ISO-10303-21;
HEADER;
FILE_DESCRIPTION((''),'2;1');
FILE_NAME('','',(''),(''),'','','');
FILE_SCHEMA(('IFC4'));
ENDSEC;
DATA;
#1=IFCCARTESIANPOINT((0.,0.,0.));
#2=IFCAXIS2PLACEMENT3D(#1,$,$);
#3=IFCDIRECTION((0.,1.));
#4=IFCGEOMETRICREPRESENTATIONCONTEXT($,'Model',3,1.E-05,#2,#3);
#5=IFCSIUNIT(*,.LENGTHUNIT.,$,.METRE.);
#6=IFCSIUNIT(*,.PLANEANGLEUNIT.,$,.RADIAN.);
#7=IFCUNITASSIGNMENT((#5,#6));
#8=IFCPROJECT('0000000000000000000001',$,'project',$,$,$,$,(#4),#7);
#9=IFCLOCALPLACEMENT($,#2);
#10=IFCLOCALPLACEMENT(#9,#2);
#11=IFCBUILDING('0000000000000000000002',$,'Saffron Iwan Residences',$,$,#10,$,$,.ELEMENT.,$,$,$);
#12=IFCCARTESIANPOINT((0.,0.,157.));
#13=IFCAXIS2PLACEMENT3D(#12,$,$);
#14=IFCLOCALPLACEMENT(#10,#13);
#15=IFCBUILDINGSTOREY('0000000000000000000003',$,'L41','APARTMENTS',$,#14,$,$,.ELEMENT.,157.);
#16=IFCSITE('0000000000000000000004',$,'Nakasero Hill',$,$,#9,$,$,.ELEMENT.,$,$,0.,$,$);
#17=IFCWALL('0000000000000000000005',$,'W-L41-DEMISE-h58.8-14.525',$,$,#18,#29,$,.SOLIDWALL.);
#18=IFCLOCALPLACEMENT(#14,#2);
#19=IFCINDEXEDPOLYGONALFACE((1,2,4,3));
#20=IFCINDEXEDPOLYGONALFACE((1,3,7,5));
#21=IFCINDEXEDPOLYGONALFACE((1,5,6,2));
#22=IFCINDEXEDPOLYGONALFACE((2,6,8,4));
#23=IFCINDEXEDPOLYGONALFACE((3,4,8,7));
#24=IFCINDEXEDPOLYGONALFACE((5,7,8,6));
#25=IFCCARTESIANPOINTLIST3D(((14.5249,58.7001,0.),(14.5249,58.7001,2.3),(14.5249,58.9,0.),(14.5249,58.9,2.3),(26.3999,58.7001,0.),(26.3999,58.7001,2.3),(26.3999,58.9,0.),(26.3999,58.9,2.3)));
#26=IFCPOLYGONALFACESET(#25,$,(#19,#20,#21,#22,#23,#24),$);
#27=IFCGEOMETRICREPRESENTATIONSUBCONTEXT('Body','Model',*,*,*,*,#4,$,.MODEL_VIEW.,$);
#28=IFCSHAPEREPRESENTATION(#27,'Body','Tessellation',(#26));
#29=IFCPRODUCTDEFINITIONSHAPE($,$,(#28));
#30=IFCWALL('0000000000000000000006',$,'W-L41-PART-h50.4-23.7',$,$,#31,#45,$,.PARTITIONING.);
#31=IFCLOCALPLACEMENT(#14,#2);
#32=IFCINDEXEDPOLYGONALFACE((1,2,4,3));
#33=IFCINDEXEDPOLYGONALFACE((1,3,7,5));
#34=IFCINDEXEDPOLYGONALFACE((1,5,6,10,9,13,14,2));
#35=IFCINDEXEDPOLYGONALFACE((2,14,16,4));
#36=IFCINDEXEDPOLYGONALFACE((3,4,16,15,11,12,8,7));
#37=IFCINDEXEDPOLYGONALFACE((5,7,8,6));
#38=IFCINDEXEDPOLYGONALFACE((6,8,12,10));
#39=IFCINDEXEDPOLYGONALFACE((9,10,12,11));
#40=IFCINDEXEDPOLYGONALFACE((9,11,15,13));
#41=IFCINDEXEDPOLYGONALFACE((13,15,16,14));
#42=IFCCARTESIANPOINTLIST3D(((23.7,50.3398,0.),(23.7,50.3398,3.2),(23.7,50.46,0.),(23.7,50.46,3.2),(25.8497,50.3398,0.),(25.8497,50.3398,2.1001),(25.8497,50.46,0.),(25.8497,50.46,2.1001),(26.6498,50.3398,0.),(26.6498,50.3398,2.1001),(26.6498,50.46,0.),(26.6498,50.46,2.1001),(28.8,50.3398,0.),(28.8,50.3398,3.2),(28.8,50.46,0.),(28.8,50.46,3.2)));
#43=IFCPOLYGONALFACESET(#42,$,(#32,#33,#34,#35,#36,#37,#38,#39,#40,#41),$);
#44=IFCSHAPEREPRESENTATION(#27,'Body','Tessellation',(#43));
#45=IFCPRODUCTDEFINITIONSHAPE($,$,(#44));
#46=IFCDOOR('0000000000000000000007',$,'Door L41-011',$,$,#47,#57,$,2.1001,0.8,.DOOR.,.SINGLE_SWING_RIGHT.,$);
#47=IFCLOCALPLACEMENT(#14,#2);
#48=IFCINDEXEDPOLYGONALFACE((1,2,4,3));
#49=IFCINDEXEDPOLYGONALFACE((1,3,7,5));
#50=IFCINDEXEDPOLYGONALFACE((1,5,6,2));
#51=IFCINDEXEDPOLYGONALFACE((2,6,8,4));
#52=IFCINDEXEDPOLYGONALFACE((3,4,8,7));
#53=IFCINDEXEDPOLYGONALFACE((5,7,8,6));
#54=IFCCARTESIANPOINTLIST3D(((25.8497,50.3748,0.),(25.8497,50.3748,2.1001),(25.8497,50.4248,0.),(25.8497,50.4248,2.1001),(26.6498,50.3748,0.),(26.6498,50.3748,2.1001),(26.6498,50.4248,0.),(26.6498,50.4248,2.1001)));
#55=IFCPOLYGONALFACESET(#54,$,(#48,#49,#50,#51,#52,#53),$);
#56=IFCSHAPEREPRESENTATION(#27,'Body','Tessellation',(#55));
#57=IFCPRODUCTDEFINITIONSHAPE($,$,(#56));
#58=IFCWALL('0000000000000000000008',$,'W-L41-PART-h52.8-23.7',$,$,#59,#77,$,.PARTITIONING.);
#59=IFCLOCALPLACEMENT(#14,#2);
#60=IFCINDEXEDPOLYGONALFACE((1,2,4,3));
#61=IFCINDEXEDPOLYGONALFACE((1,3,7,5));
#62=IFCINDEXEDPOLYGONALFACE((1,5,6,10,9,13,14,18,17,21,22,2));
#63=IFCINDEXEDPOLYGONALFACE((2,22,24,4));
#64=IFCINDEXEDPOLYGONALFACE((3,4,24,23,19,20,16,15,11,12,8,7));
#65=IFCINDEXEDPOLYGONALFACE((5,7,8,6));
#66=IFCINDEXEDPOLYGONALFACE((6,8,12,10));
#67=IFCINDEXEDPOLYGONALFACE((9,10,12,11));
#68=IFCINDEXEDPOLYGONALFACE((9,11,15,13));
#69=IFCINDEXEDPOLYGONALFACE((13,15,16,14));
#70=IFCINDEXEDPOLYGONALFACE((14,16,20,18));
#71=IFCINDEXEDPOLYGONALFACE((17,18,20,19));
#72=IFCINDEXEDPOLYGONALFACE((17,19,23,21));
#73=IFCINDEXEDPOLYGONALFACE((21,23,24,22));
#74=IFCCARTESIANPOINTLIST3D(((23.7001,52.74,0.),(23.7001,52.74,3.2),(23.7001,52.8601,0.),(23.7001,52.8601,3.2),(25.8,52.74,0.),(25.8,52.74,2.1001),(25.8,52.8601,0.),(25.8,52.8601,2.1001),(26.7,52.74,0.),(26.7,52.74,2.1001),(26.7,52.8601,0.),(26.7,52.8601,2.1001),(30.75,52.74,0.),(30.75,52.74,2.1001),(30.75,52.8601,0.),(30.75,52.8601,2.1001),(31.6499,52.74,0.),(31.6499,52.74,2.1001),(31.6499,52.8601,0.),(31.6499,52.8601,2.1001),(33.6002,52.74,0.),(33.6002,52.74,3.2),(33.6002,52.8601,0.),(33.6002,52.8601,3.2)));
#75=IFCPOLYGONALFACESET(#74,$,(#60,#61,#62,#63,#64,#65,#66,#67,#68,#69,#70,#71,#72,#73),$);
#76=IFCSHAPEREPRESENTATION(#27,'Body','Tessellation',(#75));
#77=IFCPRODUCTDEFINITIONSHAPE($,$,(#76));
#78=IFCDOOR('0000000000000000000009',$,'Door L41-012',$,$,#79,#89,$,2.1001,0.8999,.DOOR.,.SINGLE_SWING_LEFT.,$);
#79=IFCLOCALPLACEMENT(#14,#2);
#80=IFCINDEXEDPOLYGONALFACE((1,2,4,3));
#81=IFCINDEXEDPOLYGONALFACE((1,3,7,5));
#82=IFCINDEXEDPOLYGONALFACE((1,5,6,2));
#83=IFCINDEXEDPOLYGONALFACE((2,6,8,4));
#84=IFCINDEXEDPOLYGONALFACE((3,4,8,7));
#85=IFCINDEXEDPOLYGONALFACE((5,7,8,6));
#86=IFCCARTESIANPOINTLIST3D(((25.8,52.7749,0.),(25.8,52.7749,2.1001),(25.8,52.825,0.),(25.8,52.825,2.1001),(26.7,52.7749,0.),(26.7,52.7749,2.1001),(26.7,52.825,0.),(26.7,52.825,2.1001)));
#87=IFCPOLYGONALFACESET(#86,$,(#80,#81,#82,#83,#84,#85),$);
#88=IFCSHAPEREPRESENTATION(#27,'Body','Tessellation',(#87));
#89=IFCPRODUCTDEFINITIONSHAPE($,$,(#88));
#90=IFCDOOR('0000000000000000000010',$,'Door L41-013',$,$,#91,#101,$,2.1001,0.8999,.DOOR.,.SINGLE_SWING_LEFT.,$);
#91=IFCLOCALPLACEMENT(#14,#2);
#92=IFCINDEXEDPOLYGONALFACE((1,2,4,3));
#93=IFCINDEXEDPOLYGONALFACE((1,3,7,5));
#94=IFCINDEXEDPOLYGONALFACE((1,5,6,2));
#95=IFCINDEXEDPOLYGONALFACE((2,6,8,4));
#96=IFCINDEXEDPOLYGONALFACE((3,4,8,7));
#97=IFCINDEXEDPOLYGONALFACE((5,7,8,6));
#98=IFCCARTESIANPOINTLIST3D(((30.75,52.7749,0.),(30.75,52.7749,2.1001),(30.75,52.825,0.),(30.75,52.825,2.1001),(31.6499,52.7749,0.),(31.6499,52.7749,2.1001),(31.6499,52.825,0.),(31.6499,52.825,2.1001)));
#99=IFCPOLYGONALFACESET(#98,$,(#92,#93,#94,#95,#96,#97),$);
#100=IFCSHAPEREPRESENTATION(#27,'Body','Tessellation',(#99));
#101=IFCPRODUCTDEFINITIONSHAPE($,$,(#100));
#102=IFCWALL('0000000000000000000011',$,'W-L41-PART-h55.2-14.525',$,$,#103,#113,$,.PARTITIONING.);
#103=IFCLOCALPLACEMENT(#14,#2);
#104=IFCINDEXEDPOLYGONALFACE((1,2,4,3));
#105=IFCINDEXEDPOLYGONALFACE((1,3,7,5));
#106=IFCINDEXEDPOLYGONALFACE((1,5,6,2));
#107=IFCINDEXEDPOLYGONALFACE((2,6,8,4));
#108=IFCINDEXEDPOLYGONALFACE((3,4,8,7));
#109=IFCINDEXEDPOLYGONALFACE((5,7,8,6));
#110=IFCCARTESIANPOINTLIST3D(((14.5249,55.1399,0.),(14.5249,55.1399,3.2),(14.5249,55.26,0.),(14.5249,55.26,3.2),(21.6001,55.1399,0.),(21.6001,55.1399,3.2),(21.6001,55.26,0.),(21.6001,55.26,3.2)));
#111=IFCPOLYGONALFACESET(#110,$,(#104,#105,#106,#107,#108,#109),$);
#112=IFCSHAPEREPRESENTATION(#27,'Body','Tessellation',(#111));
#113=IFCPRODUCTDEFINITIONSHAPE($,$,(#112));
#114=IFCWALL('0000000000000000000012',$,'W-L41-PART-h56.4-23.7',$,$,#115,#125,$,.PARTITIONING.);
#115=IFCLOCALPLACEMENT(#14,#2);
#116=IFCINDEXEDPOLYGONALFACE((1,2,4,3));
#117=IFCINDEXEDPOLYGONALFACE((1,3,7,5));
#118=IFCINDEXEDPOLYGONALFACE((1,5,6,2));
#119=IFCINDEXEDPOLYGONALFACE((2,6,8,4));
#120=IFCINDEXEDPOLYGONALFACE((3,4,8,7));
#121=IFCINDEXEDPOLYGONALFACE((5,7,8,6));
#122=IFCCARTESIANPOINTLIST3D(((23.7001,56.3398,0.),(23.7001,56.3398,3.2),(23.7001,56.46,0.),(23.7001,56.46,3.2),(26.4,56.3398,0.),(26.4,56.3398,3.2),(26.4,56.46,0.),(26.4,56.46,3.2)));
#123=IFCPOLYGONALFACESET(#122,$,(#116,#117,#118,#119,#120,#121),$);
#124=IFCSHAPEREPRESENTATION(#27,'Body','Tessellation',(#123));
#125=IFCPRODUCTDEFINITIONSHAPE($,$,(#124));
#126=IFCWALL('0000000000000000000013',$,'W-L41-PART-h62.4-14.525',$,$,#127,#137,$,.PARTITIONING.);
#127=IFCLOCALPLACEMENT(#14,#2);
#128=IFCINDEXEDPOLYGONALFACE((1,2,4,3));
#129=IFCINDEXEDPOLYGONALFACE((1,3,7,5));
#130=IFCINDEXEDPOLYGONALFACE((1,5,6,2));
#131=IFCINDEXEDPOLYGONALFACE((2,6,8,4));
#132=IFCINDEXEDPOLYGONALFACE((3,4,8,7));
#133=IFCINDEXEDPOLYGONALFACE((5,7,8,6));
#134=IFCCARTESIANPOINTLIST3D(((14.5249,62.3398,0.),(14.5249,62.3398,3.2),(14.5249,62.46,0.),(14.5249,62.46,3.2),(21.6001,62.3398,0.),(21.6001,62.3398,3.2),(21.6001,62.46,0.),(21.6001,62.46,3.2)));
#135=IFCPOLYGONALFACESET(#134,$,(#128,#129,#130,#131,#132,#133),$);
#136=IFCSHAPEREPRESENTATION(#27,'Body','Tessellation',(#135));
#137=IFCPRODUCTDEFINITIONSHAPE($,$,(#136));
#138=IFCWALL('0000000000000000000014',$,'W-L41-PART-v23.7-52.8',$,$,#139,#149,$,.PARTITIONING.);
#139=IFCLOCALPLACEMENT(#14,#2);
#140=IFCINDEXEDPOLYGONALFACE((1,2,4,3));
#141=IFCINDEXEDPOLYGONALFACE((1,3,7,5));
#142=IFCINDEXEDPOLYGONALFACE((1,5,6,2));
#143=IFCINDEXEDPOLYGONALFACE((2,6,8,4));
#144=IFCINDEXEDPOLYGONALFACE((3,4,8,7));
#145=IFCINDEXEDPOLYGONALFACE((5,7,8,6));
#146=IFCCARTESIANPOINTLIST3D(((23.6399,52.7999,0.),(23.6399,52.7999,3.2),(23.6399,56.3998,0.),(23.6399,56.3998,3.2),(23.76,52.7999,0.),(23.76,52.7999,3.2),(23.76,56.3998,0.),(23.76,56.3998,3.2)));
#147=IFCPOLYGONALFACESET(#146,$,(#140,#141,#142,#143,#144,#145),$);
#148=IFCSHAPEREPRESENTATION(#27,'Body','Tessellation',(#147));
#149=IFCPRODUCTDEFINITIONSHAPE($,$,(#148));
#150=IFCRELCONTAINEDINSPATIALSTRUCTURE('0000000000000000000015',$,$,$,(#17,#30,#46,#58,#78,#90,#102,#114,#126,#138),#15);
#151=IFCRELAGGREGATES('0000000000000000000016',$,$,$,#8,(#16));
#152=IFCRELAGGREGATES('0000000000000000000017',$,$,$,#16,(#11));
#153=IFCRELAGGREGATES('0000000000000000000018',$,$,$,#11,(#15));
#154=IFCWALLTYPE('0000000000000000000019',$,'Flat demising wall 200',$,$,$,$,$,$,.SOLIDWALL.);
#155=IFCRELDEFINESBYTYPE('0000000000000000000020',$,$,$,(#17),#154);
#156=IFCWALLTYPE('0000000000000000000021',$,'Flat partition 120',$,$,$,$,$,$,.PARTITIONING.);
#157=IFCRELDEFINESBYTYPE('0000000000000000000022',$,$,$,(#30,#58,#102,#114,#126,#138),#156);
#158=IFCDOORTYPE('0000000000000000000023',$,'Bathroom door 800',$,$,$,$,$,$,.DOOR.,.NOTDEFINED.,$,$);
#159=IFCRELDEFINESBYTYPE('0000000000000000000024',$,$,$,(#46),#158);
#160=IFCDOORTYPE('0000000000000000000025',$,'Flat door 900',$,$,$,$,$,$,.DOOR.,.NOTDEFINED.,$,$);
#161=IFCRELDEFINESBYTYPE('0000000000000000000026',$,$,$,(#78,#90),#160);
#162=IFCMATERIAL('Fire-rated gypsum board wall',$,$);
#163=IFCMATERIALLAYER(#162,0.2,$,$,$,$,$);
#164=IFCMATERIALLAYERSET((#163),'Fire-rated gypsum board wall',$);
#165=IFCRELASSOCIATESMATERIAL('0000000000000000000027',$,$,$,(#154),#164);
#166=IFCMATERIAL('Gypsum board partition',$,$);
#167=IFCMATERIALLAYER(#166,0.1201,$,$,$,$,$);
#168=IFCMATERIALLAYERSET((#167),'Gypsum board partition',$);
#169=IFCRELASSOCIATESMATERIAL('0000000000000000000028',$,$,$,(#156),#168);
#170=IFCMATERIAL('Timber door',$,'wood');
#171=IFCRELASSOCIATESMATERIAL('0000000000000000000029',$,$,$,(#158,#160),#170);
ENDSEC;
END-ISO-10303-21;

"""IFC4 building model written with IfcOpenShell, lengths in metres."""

from ifc_helpers import new_model, si_unit, direction, frame, frame_2d, origin, place, context, subcontext, project, spatial, rectangle, extrude, material, layer, layer_set, type_object, element, fill, save


model = new_model("IFC4")

# Units and contexts
model_context = context("Model", 3, precision=1e-05, world=origin(), true_north=direction((0.0, 1.0)))
body_context = subcontext(model_context, "Body", "Model", "MODEL_VIEW")
ifc_project = project(units=[si_unit("LENGTHUNIT", "METRE"), si_unit("PLANEANGLEUNIT", "RADIAN")], contexts=[model_context])

# Site, building, storey
site_placement = place(None, origin())
site = spatial("IfcSite", under=ifc_project, at=site_placement, Name="Nakasero Hill", CompositionType="ELEMENT", RefElevation=0.0)
building_placement = place(site_placement, origin())
building = spatial("IfcBuilding", under=site, at=building_placement, Name="Saffron Iwan Residences", CompositionType="ELEMENT")
storey_placement = place(building_placement, frame((0.0, 0.0, 157.0)))
storey = spatial("IfcBuildingStorey", under=building, at=storey_placement, Name="L41", Description="APARTMENTS", CompositionType="ELEMENT", Elevation=157.0)

# Wall
ifc_material_1 = material(Name="Fire-rated gypsum board wall")
ifc_layer_1 = layer(ifc_material_1, 0.2)
ifc_layer_set_1 = layer_set([ifc_layer_1], Name="Fire-rated gypsum board wall")
wall_type_1 = type_object("IfcWallType", Name="Flat demising wall 200", PredefinedType="SOLIDWALL", material=ifc_layer_set_1)
wall_1_placement = place(storey_placement, frame((14.5249, 58.8, 0.0), z_axis=(0.0, 0.0, 1.0), x_axis=(1.0, 0.0, 0.0)))
element("IfcWall", 1, at=wall_1_placement, inside=storey, type_object=wall_type_1, Name="W-L41-DEMISE-h58.8-14.525", PredefinedType="SOLIDWALL", context=body_context, shape_type="SweptSolid", body=[
    extrude(rectangle(XDim=11.875, YDim=0.2, at=frame_2d((5.9375, 0.0))), origin(), (0.0, 0.0, 1.0), 2.3),
])

# Wall, opening, door
ifc_material_2 = material(Name="Gypsum board partition")
ifc_layer_2 = layer(ifc_material_2, 0.1201)
ifc_layer_set_2 = layer_set([ifc_layer_2], Name="Gypsum board partition")
wall_type_2 = type_object("IfcWallType", Name="Flat partition 120", PredefinedType="PARTITIONING", material=ifc_layer_set_2)
wall_2_placement = place(storey_placement, frame((23.7, 50.3999, 0.0), z_axis=(0.0, 0.0, 1.0), x_axis=(1.0, 0.0, 0.0)))
wall_2 = element("IfcWall", 2, at=wall_2_placement, inside=storey, type_object=wall_type_2, Name="W-L41-PART-h50.4-23.7", PredefinedType="PARTITIONING", context=body_context, shape_type="SweptSolid", body=[
    extrude(rectangle(XDim=5.1001, YDim=0.1201, at=frame_2d((2.55, 0.0))), origin(), (0.0, 0.0, 1.0), 3.2),
])
opening_1_placement = place(wall_2_placement, frame((2.1499, 0.0, 0.0)))
opening_1 = element("IfcOpeningElement", 3, at=opening_1_placement, cuts=wall_2, PredefinedType="OPENING", context=body_context, shape_type="SweptSolid", body=[
    extrude(rectangle(XDim=0.8, YDim=2.1001, at=frame_2d((0.3999, 1.05))), frame((0.0, 0.0701, 0.0), z_axis=(0.0, -1.0, 0.0), x_axis=(1.0, 0.0, 0.0)), (0.0, 0.0, 1.0), 0.1401),
])
ifc_material_3 = material(Name="Timber door", Category="wood")
door_type_1 = type_object("IfcDoorType", Name="Bathroom door 800", OperationType="NOTDEFINED", PredefinedType="DOOR", material=ifc_material_3)
door_1_placement = place(opening_1_placement, origin())
door_1 = element("IfcDoor", 4, at=door_1_placement, inside=storey, type_object=door_type_1, Name="Door L41-011", OperationType="SINGLE_SWING_RIGHT", OverallHeight=2.1001, OverallWidth=0.8, PredefinedType="DOOR", context=body_context, shape_type="SweptSolid", body=[
    extrude(rectangle(XDim=0.8, YDim=2.1001, at=frame_2d((0.3999, 1.05))), frame((0.0, 0.0249, 0.0), z_axis=(0.0, -1.0, 0.0), x_axis=(1.0, 0.0, 0.0)), (0.0, 0.0, 1.0), 0.05),
])
fill(opening_1, door_1)

# Wall, openings, doors
wall_3_placement = place(storey_placement, frame((23.7, 52.8, 0.0), z_axis=(0.0, 0.0, 1.0), x_axis=(1.0, 0.0, 0.0)))
wall_3 = element("IfcWall", 5, at=wall_3_placement, inside=storey, type_object=wall_type_2, Name="W-L41-PART-h52.8-23.7", PredefinedType="PARTITIONING", context=body_context, shape_type="SweptSolid", body=[
    extrude(rectangle(XDim=9.9001, YDim=0.1201, at=frame_2d((4.9502, 0.0))), origin(), (0.0, 0.0, 1.0), 3.2),
])
opening_2_placement = place(wall_3_placement, frame((2.1001, 0.0, 0.0)))
opening_2 = element("IfcOpeningElement", 6, at=opening_2_placement, cuts=wall_3, PredefinedType="OPENING", context=body_context, shape_type="SweptSolid", body=[
    extrude(rectangle(XDim=0.8999, YDim=2.1001, at=frame_2d((0.45, 1.05))), frame((0.0, 0.0701, 0.0), z_axis=(0.0, -1.0, 0.0), x_axis=(1.0, 0.0, 0.0)), (0.0, 0.0, 1.0), 0.1401),
])
opening_3_placement = place(wall_3_placement, frame((7.05, 0.0, 0.0)))
opening_3 = element("IfcOpeningElement", 7, at=opening_3_placement, cuts=wall_3, PredefinedType="OPENING", context=body_context, shape_type="SweptSolid", body=[
    extrude(rectangle(XDim=0.8999, YDim=2.1001, at=frame_2d((0.45, 1.05))), frame((0.0, 0.0701, 0.0), z_axis=(0.0, -1.0, 0.0), x_axis=(1.0, 0.0, 0.0)), (0.0, 0.0, 1.0), 0.1401),
])
door_type_2 = type_object("IfcDoorType", Name="Flat door 900", OperationType="NOTDEFINED", PredefinedType="DOOR", material=ifc_material_3)
door_2_placement = place(opening_2_placement, origin())
door_2 = element("IfcDoor", 8, at=door_2_placement, inside=storey, type_object=door_type_2, Name="Door L41-012", OperationType="SINGLE_SWING_LEFT", OverallHeight=2.1001, OverallWidth=0.8999, PredefinedType="DOOR", context=body_context, shape_type="SweptSolid", body=[
    extrude(rectangle(XDim=0.8999, YDim=2.1001, at=frame_2d((0.45, 1.05))), frame((0.0, 0.0249, 0.0), z_axis=(0.0, -1.0, 0.0), x_axis=(1.0, 0.0, 0.0)), (0.0, 0.0, 1.0), 0.05),
])
fill(opening_2, door_2)
door_3_placement = place(opening_3_placement, origin())
door_3 = element("IfcDoor", 9, at=door_3_placement, inside=storey, type_object=door_type_2, Name="Door L41-013", OperationType="SINGLE_SWING_LEFT", OverallHeight=2.1001, OverallWidth=0.8999, PredefinedType="DOOR", context=body_context, shape_type="SweptSolid", body=[
    extrude(rectangle(XDim=0.8999, YDim=2.1001, at=frame_2d((0.45, 1.05))), frame((0.0, 0.0249, 0.0), z_axis=(0.0, -1.0, 0.0), x_axis=(1.0, 0.0, 0.0)), (0.0, 0.0, 1.0), 0.05),
])
fill(opening_3, door_3)

# Walls
wall_4_placement = place(storey_placement, frame((14.5249, 55.2, 0.0), z_axis=(0.0, 0.0, 1.0), x_axis=(1.0, 0.0, 0.0)))
element("IfcWall", 10, at=wall_4_placement, inside=storey, type_object=wall_type_2, Name="W-L41-PART-h55.2-14.525", PredefinedType="PARTITIONING", context=body_context, shape_type="SweptSolid", body=[
    extrude(rectangle(XDim=7.0752, YDim=0.1201, at=frame_2d((3.5376, 0.0))), origin(), (0.0, 0.0, 1.0), 3.2),
])
wall_5_placement = place(storey_placement, frame((23.7, 56.3999, 0.0), z_axis=(0.0, 0.0, 1.0), x_axis=(1.0, 0.0, 0.0)))
element("IfcWall", 11, at=wall_5_placement, inside=storey, type_object=wall_type_2, Name="W-L41-PART-h56.4-23.7", PredefinedType="PARTITIONING", context=body_context, shape_type="SweptSolid", body=[
    extrude(rectangle(XDim=2.7, YDim=0.1201, at=frame_2d((1.3501, 0.0))), origin(), (0.0, 0.0, 1.0), 3.2),
])
wall_6_placement = place(storey_placement, frame((14.5249, 62.3999, 0.0), z_axis=(0.0, 0.0, 1.0), x_axis=(1.0, 0.0, 0.0)))
element("IfcWall", 12, at=wall_6_placement, inside=storey, type_object=wall_type_2, Name="W-L41-PART-h62.4-14.525", PredefinedType="PARTITIONING", context=body_context, shape_type="SweptSolid", body=[
    extrude(rectangle(XDim=7.0752, YDim=0.1201, at=frame_2d((3.5376, 0.0))), origin(), (0.0, 0.0, 1.0), 3.2),
])
wall_7_placement = place(storey_placement, frame((23.7, 52.8, 0.0), z_axis=(0.0, 0.0, 1.0), x_axis=(0.0, 1.0, 0.0)))
element("IfcWall", 13, at=wall_7_placement, inside=storey, type_object=wall_type_2, Name="W-L41-PART-v23.7-52.8", PredefinedType="PARTITIONING", context=body_context, shape_type="SweptSolid", body=[
    extrude(rectangle(XDim=3.5999, YDim=0.1201, at=frame_2d((1.7998, 0.0))), origin(), (0.0, 0.0, 1.0), 3.2),
])

save(model, "model.ifc")
